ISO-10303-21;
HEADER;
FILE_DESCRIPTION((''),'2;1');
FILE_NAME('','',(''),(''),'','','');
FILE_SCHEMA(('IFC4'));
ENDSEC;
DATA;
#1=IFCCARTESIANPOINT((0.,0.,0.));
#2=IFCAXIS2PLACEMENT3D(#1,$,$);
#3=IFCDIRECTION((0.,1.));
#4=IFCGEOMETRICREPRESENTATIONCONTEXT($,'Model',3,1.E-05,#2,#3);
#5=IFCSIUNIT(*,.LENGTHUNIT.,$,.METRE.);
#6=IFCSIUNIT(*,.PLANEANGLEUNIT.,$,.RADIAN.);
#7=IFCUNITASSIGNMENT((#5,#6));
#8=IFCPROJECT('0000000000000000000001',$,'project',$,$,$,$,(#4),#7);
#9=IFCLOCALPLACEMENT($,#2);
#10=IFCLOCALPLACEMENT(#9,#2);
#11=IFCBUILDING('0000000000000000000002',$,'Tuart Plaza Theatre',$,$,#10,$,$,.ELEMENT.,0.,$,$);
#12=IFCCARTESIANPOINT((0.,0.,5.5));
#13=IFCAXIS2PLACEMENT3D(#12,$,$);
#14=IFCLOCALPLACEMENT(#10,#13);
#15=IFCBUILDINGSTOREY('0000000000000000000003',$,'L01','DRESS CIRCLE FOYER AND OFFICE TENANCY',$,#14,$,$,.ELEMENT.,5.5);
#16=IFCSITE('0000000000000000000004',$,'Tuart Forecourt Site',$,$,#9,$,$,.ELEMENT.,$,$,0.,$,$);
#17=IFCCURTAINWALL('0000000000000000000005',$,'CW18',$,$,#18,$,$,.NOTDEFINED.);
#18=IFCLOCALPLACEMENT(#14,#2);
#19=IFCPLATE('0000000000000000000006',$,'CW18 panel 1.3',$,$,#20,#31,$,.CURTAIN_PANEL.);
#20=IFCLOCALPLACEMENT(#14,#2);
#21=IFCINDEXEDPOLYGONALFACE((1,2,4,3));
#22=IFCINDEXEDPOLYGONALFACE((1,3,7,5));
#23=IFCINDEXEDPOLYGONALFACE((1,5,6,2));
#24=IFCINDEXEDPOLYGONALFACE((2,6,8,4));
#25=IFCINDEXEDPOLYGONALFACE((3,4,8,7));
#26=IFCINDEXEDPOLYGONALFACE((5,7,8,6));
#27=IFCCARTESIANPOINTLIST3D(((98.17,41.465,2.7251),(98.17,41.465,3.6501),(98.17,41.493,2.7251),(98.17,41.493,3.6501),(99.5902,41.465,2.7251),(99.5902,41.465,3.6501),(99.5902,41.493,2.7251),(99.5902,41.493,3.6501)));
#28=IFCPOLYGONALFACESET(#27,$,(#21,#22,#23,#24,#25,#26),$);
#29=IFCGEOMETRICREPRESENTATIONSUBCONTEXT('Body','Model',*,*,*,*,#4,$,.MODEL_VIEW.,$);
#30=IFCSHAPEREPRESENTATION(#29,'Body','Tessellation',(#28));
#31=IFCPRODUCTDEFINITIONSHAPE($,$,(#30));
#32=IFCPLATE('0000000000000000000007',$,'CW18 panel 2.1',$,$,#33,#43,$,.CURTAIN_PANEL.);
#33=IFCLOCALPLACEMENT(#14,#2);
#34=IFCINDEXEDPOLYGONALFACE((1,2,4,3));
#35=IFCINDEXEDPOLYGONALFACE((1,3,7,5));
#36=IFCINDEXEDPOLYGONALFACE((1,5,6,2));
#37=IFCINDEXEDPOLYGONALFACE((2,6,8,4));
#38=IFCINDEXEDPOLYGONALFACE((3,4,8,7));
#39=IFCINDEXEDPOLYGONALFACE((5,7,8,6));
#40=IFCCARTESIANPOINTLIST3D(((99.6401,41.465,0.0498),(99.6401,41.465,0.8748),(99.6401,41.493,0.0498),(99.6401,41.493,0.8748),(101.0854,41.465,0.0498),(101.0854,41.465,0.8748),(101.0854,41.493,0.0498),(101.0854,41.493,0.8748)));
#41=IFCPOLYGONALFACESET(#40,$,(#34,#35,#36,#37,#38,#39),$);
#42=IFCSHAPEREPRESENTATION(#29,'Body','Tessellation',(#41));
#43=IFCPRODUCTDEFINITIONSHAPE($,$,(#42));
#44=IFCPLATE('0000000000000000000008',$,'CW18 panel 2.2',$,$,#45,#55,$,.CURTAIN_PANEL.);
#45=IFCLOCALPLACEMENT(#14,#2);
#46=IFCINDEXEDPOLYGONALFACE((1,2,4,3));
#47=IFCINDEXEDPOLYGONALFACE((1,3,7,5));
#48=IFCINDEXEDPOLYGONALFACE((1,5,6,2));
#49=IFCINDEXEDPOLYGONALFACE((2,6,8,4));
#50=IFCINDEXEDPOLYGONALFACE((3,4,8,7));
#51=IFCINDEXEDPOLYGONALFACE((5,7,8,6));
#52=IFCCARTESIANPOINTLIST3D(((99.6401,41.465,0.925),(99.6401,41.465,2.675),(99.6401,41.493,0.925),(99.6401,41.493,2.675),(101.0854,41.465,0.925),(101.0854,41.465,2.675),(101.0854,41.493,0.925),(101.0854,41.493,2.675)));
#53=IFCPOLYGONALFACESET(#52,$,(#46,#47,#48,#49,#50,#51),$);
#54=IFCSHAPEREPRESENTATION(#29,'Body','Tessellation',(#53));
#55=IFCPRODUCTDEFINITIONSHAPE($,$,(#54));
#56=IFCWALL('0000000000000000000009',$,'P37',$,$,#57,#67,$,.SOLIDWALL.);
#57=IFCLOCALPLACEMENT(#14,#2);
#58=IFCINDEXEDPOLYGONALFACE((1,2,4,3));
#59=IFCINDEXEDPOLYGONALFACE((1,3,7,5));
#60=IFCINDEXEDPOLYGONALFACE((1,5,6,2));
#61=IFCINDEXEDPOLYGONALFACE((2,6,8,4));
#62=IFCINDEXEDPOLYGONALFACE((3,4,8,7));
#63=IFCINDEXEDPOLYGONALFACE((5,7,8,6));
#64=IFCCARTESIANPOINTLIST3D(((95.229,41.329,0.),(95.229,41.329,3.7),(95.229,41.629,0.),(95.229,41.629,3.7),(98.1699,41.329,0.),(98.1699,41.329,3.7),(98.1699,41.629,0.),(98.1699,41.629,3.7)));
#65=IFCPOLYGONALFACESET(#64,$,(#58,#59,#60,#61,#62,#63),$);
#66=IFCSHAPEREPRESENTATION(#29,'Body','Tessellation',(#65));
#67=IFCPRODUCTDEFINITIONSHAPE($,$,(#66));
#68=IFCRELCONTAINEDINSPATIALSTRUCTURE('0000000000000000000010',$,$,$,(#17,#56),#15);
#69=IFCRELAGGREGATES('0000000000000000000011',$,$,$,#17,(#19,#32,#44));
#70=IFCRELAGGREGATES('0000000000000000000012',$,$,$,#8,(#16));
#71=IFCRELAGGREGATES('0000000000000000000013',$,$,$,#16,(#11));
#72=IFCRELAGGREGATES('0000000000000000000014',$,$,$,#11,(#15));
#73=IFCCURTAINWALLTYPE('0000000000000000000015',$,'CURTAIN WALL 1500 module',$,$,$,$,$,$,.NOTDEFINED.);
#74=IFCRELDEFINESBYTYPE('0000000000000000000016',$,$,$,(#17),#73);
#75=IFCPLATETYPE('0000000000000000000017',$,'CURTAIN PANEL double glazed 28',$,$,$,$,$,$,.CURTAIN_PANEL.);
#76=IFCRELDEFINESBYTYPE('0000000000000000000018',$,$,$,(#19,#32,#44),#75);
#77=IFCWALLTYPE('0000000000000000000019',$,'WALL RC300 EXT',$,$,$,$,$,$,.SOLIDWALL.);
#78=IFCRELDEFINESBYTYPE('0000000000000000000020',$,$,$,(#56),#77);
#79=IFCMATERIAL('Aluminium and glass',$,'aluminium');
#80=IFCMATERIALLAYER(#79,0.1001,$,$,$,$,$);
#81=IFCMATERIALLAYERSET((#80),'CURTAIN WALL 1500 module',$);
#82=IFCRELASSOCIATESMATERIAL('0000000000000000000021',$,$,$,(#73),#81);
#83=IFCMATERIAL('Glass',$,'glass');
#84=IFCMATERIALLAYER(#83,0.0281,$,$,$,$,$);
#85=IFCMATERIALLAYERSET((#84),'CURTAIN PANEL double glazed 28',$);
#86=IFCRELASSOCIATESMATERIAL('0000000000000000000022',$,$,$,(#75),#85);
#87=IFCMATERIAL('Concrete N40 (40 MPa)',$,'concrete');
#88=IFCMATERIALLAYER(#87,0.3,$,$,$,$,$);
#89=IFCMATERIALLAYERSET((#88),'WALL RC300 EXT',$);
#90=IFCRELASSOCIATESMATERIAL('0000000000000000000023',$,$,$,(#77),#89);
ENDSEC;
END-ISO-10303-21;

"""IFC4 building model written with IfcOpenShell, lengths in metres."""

from ifc_helpers import new_model, si_unit, direction, frame, frame_2d, origin, origin_2d, place, context, subcontext, project, spatial, rectangle, extrude, material, layer, layer_set, type_object, element, aggregate, save


model = new_model("IFC4")

# Units and contexts
model_context = context("Model", 3, precision=1e-05, world=origin(), true_north=direction((0.0, 1.0)))
body_context = subcontext(model_context, "Body", "Model", "MODEL_VIEW")
ifc_project = project(units=[si_unit("LENGTHUNIT", "METRE"), si_unit("PLANEANGLEUNIT", "RADIAN")], contexts=[model_context])

# Site, building, storey
site_placement = place(None, origin())
site = spatial("IfcSite", under=ifc_project, at=site_placement, Name="Tuart Forecourt Site", CompositionType="ELEMENT", RefElevation=0.0)
building_placement = place(site_placement, origin())
building = spatial("IfcBuilding", under=site, at=building_placement, Name="Tuart Plaza Theatre", CompositionType="ELEMENT", ElevationOfRefHeight=0.0)
storey_placement = place(building_placement, frame((0.0, 0.0, 5.5)))
storey = spatial("IfcBuildingStorey", under=building, at=storey_placement, Name="L01", Description="DRESS CIRCLE FOYER AND OFFICE TENANCY", CompositionType="ELEMENT", Elevation=5.5)

# Shared definitions
ifc_material_1 = material(Name="Aluminium and glass", Category="aluminium")
ifc_layer_1 = layer(ifc_material_1, 0.1001)
ifc_layer_set_1 = layer_set([ifc_layer_1], Name="CURTAIN WALL 1500 module")
curtain_wall_type = type_object("IfcCurtainWallType", Name="CURTAIN WALL 1500 module", PredefinedType="NOTDEFINED", material=ifc_layer_set_1)

# Curtain wall
curtain_wall_1_placement = place(storey_placement, origin())
curtain_wall_1 = element("IfcCurtainWall", 1, at=curtain_wall_1_placement, inside=storey, type_object=curtain_wall_type, Name="CW18", PredefinedType="NOTDEFINED")

# Plates
ifc_material_2 = material(Name="Glass", Category="glass")
ifc_layer_2 = layer(ifc_material_2, 0.0281)
ifc_layer_set_2 = layer_set([ifc_layer_2], Name="CURTAIN PANEL double glazed 28")
plate_type = type_object("IfcPlateType", Name="CURTAIN PANEL double glazed 28", PredefinedType="CURTAIN_PANEL", material=ifc_layer_set_2)
plate_1_placement = place(storey_placement, frame((98.8801, 41.479, 2.7251), z_axis=(0.0, 0.0, 1.0), x_axis=(1.0, 0.0, 0.0)))
plate_1 = element("IfcPlate", 2, at=plate_1_placement, type_object=plate_type, Name="CW18 panel 1.3", PredefinedType="CURTAIN_PANEL", context=body_context, shape_type="SweptSolid", body=[
    extrude(rectangle(XDim=1.4202, YDim=0.0281, at=origin_2d()), origin(), (0.0, 0.0, 1.0), 0.925),
])
plate_2_placement = place(storey_placement, frame((100.3628, 41.479, 0.0498), z_axis=(0.0, 0.0, 1.0), x_axis=(1.0, 0.0, 0.0)))
plate_2 = element("IfcPlate", 3, at=plate_2_placement, type_object=plate_type, Name="CW18 panel 2.1", PredefinedType="CURTAIN_PANEL", context=body_context, shape_type="SweptSolid", body=[
    extrude(rectangle(XDim=1.4453, YDim=0.0281, at=origin_2d()), origin(), (0.0, 0.0, 1.0), 0.825),
])
plate_3_placement = place(storey_placement, frame((100.3628, 41.479, 0.925), z_axis=(0.0, 0.0, 1.0), x_axis=(1.0, 0.0, 0.0)))
plate_3 = element("IfcPlate", 4, at=plate_3_placement, type_object=plate_type, Name="CW18 panel 2.2", PredefinedType="CURTAIN_PANEL", context=body_context, shape_type="SweptSolid", body=[
    extrude(rectangle(XDim=1.4453, YDim=0.0281, at=origin_2d()), origin(), (0.0, 0.0, 1.0), 1.75),
])
aggregate(curtain_wall_1, [plate_1, plate_2, plate_3])

# Wall
ifc_material_3 = material(Name="Concrete N40 (40 MPa)", Category="concrete")
ifc_layer_3 = layer(ifc_material_3, 0.3)
ifc_layer_set_3 = layer_set([ifc_layer_3], Name="WALL RC300 EXT")
wall_type = type_object("IfcWallType", Name="WALL RC300 EXT", PredefinedType="SOLIDWALL", material=ifc_layer_set_3)
wall_placement = place(storey_placement, frame((95.229, 41.479, 0.0), z_axis=(0.0, 0.0, 1.0), x_axis=(1.0, 0.0, 0.0)))
element("IfcWall", 5, at=wall_placement, inside=storey, type_object=wall_type, Name="P37", PredefinedType="SOLIDWALL", context=body_context, shape_type="SweptSolid", body=[
    extrude(rectangle(XDim=2.9409, YDim=0.3, at=frame_2d((1.4705, 0.0))), origin(), (0.0, 0.0, 1.0), 3.7),
])

save(model, "model.ifc")
